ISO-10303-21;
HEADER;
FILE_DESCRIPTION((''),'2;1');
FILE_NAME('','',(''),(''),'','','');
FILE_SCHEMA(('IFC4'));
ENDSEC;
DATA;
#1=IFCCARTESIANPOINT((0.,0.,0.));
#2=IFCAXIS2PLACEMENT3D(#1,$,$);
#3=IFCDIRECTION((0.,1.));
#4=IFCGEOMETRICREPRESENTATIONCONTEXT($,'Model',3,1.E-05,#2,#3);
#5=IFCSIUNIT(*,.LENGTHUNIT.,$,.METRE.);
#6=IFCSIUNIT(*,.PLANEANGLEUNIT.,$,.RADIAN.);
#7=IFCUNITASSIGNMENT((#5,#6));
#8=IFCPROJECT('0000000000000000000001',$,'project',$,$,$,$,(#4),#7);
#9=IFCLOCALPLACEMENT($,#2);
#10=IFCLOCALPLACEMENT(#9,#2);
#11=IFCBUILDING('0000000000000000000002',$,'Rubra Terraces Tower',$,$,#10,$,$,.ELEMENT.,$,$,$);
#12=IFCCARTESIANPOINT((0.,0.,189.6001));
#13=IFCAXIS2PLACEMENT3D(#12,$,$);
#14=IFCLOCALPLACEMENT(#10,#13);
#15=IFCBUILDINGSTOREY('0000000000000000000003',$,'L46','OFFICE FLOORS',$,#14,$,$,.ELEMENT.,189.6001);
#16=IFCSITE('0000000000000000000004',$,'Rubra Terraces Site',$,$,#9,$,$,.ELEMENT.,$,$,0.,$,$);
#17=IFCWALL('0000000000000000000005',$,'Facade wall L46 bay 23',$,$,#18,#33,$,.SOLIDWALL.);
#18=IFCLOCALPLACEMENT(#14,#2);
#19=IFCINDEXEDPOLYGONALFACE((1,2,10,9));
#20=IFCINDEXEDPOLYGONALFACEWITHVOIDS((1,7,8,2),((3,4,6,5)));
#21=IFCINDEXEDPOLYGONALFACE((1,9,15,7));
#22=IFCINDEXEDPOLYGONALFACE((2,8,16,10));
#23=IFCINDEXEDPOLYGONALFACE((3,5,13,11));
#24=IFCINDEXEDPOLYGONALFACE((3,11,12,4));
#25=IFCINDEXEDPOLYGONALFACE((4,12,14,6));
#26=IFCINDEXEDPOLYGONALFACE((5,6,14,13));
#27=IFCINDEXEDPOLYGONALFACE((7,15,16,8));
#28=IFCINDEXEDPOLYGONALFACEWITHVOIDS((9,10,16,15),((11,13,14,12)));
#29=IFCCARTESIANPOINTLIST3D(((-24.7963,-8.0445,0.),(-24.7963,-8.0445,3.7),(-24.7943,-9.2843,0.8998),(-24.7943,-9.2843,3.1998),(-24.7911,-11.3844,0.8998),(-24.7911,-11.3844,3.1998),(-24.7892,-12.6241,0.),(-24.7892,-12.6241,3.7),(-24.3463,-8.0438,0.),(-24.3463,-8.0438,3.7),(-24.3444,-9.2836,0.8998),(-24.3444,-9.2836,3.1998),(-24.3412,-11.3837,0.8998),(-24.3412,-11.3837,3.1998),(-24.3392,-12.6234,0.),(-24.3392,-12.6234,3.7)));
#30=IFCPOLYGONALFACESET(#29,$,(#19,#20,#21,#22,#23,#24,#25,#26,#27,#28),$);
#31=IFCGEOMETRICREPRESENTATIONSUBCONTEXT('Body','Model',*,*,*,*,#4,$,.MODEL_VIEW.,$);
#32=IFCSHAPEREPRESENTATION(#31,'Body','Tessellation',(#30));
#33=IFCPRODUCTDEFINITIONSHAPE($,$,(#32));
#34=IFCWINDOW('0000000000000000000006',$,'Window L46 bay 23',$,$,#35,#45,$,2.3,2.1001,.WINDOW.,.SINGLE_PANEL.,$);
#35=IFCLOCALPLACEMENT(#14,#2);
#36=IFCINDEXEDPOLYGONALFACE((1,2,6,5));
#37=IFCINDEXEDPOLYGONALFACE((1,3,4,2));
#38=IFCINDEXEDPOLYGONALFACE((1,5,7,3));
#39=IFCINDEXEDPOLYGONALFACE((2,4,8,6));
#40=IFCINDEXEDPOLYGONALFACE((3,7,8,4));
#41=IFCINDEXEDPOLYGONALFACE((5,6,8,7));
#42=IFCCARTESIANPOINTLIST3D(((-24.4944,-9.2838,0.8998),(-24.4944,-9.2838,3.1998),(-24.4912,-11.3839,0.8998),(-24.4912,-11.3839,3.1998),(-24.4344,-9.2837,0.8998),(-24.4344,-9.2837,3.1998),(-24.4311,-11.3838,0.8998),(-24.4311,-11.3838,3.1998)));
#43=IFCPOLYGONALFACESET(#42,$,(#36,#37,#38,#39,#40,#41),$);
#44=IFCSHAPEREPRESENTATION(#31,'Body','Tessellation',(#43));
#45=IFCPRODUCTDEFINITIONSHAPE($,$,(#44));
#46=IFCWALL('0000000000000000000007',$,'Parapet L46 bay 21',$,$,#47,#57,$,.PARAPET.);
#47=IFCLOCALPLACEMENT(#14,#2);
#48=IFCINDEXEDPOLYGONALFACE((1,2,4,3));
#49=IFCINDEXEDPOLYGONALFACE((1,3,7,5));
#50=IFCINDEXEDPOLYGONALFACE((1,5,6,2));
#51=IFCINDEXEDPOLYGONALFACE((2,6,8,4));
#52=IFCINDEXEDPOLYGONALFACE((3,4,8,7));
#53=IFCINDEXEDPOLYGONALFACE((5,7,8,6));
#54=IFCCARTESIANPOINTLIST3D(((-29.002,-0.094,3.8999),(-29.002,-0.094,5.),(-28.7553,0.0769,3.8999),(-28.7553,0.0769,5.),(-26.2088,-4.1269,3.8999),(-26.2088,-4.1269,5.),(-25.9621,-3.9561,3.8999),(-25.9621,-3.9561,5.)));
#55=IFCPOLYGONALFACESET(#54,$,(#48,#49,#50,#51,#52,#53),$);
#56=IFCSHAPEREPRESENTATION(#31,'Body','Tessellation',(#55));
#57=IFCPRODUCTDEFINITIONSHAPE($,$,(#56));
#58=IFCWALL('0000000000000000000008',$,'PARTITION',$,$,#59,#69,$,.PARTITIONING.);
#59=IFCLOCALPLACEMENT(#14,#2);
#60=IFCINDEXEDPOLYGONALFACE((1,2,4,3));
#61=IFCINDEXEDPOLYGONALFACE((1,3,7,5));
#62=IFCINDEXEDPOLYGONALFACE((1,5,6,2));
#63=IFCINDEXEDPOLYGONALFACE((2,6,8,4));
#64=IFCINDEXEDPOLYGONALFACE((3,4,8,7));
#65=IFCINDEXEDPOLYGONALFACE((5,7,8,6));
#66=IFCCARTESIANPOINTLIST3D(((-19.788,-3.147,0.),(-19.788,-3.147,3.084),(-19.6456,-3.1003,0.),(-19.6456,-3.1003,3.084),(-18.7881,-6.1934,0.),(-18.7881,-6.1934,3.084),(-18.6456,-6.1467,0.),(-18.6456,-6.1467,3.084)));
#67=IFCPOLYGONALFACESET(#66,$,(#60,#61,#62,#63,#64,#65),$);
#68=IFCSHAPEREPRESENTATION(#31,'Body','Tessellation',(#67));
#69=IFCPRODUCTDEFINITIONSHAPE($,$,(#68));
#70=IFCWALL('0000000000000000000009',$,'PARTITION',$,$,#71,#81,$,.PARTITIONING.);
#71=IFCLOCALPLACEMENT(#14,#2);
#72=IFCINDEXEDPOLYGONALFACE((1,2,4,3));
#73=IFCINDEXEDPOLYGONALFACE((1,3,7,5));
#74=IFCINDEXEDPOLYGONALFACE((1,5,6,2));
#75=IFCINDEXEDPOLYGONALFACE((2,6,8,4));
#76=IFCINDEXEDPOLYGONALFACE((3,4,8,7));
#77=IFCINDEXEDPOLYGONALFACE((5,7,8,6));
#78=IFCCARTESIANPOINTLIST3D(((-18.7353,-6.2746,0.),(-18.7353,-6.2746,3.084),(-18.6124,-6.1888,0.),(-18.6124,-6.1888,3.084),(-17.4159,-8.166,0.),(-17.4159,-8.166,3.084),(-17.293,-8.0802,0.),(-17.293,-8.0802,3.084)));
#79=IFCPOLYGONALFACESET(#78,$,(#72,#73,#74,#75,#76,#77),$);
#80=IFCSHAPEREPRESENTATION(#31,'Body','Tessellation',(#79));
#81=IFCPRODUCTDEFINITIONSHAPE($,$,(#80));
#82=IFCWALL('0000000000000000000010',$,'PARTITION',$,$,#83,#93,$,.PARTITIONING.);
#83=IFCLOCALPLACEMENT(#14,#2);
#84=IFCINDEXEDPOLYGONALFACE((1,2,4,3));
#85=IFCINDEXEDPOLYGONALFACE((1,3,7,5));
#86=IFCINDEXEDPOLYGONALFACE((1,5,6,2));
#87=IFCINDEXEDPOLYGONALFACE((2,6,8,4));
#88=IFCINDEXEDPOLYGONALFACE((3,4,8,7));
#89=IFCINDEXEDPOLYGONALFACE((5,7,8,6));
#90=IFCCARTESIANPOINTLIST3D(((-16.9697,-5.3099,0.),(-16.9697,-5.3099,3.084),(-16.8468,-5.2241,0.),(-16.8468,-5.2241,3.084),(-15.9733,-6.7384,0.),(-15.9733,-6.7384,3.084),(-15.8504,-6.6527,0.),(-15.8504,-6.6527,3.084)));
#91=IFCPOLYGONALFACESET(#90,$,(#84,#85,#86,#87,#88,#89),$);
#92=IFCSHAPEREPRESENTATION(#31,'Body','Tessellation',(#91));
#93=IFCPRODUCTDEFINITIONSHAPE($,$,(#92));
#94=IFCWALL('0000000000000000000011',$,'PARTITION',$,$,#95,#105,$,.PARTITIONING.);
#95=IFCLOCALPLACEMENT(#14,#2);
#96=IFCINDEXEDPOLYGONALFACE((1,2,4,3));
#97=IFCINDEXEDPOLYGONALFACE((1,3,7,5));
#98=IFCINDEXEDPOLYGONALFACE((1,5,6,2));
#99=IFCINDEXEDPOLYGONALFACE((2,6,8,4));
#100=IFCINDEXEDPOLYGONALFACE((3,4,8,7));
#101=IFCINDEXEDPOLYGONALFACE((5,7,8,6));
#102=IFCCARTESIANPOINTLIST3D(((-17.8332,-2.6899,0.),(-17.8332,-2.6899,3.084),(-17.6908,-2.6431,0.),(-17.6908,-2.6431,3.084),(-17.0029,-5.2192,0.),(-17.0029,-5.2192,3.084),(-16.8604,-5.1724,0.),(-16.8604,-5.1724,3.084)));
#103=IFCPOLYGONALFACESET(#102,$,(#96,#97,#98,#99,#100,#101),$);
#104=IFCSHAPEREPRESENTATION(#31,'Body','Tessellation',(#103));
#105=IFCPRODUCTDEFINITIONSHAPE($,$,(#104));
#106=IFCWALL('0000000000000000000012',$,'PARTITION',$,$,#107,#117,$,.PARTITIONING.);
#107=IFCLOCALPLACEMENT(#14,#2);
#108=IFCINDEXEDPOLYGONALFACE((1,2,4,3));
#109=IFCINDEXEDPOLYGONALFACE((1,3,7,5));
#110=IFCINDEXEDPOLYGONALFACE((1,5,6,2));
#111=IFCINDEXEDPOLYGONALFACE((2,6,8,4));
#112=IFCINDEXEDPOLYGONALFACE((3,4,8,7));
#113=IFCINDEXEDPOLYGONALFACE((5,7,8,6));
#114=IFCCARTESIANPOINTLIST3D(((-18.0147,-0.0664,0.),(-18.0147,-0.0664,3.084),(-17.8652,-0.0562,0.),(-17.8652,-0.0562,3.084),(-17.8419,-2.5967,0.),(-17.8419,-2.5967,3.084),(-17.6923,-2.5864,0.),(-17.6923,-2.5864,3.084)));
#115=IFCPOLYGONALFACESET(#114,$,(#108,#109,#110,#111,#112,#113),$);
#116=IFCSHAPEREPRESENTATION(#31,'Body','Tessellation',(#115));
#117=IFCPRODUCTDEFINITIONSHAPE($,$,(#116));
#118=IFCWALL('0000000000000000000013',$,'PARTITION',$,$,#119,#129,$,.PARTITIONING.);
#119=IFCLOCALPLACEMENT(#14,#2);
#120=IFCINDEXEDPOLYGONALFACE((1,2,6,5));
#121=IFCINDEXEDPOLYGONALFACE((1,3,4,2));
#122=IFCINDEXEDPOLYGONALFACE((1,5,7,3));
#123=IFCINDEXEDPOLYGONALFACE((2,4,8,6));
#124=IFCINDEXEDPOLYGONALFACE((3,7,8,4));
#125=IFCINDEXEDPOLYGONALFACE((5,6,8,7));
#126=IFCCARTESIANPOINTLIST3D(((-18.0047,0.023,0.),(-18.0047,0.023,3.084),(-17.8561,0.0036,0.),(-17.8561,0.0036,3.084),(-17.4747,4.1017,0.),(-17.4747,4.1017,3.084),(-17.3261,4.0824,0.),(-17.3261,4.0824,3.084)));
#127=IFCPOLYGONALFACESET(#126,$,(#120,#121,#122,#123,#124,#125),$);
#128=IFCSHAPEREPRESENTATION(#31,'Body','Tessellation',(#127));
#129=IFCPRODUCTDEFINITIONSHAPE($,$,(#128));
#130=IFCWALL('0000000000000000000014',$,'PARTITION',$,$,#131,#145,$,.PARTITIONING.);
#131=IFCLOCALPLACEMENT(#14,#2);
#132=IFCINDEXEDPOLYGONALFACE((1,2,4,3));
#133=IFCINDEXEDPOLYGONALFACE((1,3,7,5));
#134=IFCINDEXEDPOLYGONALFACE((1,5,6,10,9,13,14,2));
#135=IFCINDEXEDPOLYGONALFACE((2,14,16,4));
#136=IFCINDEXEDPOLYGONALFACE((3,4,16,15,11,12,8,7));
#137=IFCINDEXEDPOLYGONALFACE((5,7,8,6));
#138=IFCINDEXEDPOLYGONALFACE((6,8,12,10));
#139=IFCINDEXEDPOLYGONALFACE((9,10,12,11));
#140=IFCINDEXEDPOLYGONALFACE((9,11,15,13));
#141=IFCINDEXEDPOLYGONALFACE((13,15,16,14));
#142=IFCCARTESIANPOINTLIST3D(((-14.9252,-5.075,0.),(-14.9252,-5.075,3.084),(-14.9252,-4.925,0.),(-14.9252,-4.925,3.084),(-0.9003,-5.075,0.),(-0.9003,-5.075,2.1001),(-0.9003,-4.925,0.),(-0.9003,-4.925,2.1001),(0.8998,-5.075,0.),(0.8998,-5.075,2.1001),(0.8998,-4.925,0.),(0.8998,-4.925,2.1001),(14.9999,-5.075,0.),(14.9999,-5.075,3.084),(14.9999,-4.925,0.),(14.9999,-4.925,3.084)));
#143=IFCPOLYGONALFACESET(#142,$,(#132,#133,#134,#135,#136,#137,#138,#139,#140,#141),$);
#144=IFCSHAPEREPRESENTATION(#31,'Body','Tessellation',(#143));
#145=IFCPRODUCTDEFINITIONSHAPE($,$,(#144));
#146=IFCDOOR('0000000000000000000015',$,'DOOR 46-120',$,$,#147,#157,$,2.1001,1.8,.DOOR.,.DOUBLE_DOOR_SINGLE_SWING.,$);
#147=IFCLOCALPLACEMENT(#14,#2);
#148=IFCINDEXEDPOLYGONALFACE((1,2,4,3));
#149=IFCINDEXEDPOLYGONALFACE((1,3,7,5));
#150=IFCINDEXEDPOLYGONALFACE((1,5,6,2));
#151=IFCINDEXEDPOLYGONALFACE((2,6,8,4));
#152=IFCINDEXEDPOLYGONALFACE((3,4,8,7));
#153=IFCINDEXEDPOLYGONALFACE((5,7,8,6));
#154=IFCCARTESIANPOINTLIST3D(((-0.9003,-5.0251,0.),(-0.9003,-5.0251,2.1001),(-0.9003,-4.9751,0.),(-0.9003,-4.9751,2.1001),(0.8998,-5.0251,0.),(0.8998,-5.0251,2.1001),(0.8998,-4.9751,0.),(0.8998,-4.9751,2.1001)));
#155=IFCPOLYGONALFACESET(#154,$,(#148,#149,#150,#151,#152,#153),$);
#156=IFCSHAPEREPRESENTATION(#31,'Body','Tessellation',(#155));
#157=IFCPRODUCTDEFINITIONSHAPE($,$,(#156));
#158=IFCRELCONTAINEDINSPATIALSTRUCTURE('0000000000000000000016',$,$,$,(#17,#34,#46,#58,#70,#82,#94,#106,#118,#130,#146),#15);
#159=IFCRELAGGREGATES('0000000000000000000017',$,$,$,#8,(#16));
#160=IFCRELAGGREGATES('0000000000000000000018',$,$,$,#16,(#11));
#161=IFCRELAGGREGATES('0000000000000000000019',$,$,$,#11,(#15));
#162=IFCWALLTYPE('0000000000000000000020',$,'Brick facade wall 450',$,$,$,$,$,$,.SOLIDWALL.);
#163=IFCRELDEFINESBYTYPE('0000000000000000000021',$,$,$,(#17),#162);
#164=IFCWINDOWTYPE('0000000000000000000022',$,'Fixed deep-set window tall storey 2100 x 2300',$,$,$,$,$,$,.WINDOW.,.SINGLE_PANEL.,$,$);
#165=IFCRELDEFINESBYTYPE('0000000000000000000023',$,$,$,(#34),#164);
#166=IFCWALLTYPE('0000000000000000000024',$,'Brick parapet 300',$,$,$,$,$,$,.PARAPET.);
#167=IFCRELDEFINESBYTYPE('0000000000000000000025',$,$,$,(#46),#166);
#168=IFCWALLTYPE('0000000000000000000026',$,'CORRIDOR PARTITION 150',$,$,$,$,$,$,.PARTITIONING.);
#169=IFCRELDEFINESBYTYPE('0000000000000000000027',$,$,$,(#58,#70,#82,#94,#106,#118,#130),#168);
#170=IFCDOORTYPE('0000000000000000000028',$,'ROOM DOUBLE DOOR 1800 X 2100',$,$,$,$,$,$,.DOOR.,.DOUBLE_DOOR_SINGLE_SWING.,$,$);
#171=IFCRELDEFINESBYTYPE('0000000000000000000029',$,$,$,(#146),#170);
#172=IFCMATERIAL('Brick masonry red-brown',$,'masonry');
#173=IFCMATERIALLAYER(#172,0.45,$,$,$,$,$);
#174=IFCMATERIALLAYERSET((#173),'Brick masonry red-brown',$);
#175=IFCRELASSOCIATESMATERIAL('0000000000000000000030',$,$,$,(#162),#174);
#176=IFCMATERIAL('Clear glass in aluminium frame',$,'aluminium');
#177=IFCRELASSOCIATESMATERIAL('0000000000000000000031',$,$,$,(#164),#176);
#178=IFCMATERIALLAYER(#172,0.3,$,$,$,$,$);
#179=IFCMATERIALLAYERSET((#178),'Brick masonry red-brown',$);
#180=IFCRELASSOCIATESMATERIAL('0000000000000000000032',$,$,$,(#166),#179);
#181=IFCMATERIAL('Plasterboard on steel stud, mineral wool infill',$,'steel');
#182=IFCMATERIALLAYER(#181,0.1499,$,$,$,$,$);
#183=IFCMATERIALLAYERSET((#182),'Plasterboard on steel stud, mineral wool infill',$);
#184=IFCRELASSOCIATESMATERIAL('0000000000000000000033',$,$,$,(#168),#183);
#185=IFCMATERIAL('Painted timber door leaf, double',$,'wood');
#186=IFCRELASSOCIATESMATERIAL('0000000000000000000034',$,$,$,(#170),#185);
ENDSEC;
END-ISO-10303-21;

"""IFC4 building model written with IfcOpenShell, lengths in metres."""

from ifc_helpers import new_model, si_unit, direction, frame, frame_2d, origin, place, context, subcontext, project, spatial, rectangle, extrude, material, layer, layer_set, type_object, element, fill, save


model = new_model("IFC4")

# Units and contexts
model_context = context("Model", 3, precision=1e-05, world=origin(), true_north=direction((0.0, 1.0)))
body_context = subcontext(model_context, "Body", "Model", "MODEL_VIEW")
ifc_project = project(units=[si_unit("LENGTHUNIT", "METRE"), si_unit("PLANEANGLEUNIT", "RADIAN")], contexts=[model_context])

# Site, building, storey
site_placement = place(None, origin())
site = spatial("IfcSite", under=ifc_project, at=site_placement, Name="Rubra Terraces Site", CompositionType="ELEMENT", RefElevation=0.0)
building_placement = place(site_placement, origin())
building = spatial("IfcBuilding", under=site, at=building_placement, Name="Rubra Terraces Tower", CompositionType="ELEMENT")
storey_placement = place(building_placement, frame((0.0, 0.0, 189.6001)))
storey = spatial("IfcBuildingStorey", under=building, at=storey_placement, Name="L46", Description="OFFICE FLOORS", CompositionType="ELEMENT", Elevation=189.6001)

# Wall, opening, window
ifc_material_1 = material(Name="Brick masonry red-brown", Category="masonry")
ifc_layer_1 = layer(ifc_material_1, 0.45)
ifc_layer_set_1 = layer_set([ifc_layer_1], Name="Brick masonry red-brown")
wall_type_1 = type_object("IfcWallType", Name="Brick facade wall 450", PredefinedType="SOLIDWALL", material=ifc_layer_set_1)
ifc_material_2 = material(Name="Clear glass in aluminium frame", Category="aluminium")
window_type = type_object("IfcWindowType", Name="Fixed deep-set window tall storey 2100 x 2300", PartitioningType="SINGLE_PANEL", PredefinedType="WINDOW", material=ifc_material_2)
wall_1_placement = place(storey_placement, frame((-24.5713, -8.0442, 0.0), z_axis=(0.0, 0.0, 1.0), x_axis=(0.001546, -0.999999, 0.0)))
wall_1 = element("IfcWall", 1, at=wall_1_placement, inside=storey, type_object=wall_type_1, Name="Facade wall L46 bay 23", PredefinedType="SOLIDWALL", context=body_context, shape_type="SweptSolid", body=[
    extrude(rectangle(XDim=4.5796, YDim=0.45, at=frame_2d((2.2898, 0.0))), origin(), (0.0, 0.0, 1.0), 3.7),
])
opening_1_placement = place(wall_1_placement, frame((1.2397, 0.0, 0.8999)))
opening_1 = element("IfcOpeningElement", 2, at=opening_1_placement, cuts=wall_1, PredefinedType="OPENING", context=body_context, shape_type="SweptSolid", body=[
    extrude(rectangle(XDim=2.1001, YDim=2.3, at=frame_2d((1.05, 1.1499))), frame((0.0, 0.2349, 0.0), z_axis=(0.0, -1.0, 0.0), x_axis=(1.0, 0.0, 0.0)), (0.0, 0.0, 1.0), 0.47),
])
window_1_placement = place(opening_1_placement, origin())
window_1 = element("IfcWindow", 3, at=window_1_placement, inside=storey, type_object=window_type, Name="Window L46 bay 23", OverallHeight=2.3, OverallWidth=2.1001, PartitioningType="SINGLE_PANEL", PredefinedType="WINDOW", context=body_context, shape_type="SweptSolid", body=[
    extrude(rectangle(XDim=2.1001, YDim=2.3, at=frame_2d((1.05, 1.1499))), frame((0.0, 0.135, 0.0), z_axis=(0.0, -1.0, 0.0), x_axis=(1.0, 0.0, 0.0)), (0.0, 0.0, 1.0), 0.0601),
])
fill(opening_1, window_1)

# Wall
ifc_layer_2 = layer(ifc_material_1, 0.3)
ifc_layer_set_2 = layer_set([ifc_layer_2], Name="Brick masonry red-brown")
wall_type_2 = type_object("IfcWallType", Name="Brick parapet 300", PredefinedType="PARAPET", material=ifc_layer_set_2)
wall_2_placement = place(storey_placement, frame((-28.8787, -0.0085, 3.8999), z_axis=(0.0, 0.0, 1.0), x_axis=(0.56937, -0.822081, 0.0)))
element("IfcWall", 4, at=wall_2_placement, inside=storey, type_object=wall_type_2, Name="Parapet L46 bay 21", PredefinedType="PARAPET", context=body_context, shape_type="SweptSolid", body=[
    extrude(rectangle(XDim=4.9058, YDim=0.3, at=frame_2d((2.4529, 0.0))), origin(), (0.0, 0.0, 1.0), 1.1001),
])

# Shared definitions
ifc_material_3 = material(Name="Plasterboard on steel stud, mineral wool infill", Category="steel")
ifc_layer_3 = layer(ifc_material_3, 0.1499)
ifc_layer_set_3 = layer_set([ifc_layer_3], Name="Plasterboard on steel stud, mineral wool infill")
wall_type_3 = type_object("IfcWallType", Name="CORRIDOR PARTITION 150", PredefinedType="PARTITIONING", material=ifc_layer_set_3)

# Walls
wall_3_placement = place(storey_placement, frame((-19.7168, -3.1238, 0.0), z_axis=(0.0, 0.0, 1.0), x_axis=(0.311884, -0.95012, 0.0)))
element("IfcWall", 5, at=wall_3_placement, inside=storey, type_object=wall_type_3, Name="PARTITION", PredefinedType="PARTITIONING", context=body_context, shape_type="SweptSolid", body=[
    extrude(rectangle(XDim=3.2063, YDim=0.1499, at=frame_2d((1.603, 0.0))), origin(), (0.0, 0.0, 1.0), 3.084),
])
wall_4_placement = place(storey_placement, frame((-18.6738, -6.2317, 0.0), z_axis=(0.0, 0.0, 1.0), x_axis=(0.572119, -0.820171, 0.0)))
element("IfcWall", 6, at=wall_4_placement, inside=storey, type_object=wall_type_3, Name="PARTITION", PredefinedType="PARTITIONING", context=body_context, shape_type="SweptSolid", body=[
    extrude(rectangle(XDim=2.3062, YDim=0.1499, at=frame_2d((1.1531, 0.0))), origin(), (0.0, 0.0, 1.0), 3.084),
])
wall_5_placement = place(storey_placement, frame((-15.9119, -6.6956, 0.0), z_axis=(0.0, 0.0, 1.0), x_axis=(-0.572079, 0.820199, 0.0)))
element("IfcWall", 7, at=wall_5_placement, inside=storey, type_object=wall_type_3, Name="PARTITION", PredefinedType="PARTITIONING", context=body_context, shape_type="SweptSolid", body=[
    extrude(rectangle(XDim=1.7417, YDim=0.1499, at=frame_2d((0.8708, 0.0))), origin(), (0.0, 0.0, 1.0), 3.084),
])
wall_6_placement = place(storey_placement, frame((-16.9316, -5.1958, 0.0), z_axis=(0.0, 0.0, 1.0), x_axis=(-0.311905, 0.950113, 0.0)))
element("IfcWall", 8, at=wall_6_placement, inside=storey, type_object=wall_type_3, Name="PARTITION", PredefinedType="PARTITIONING", context=body_context, shape_type="SweptSolid", body=[
    extrude(rectangle(XDim=2.6621, YDim=0.1499, at=frame_2d((1.3311, 0.0))), origin(), (0.0, 0.0, 1.0), 3.084),
])
wall_7_placement = place(storey_placement, frame((-17.7671, -2.5916, 0.0), z_axis=(0.0, 0.0, 1.0), x_axis=(-0.068155, 0.997675, 0.0)))
element("IfcWall", 9, at=wall_7_placement, inside=storey, type_object=wall_type_3, Name="PARTITION", PredefinedType="PARTITIONING", context=body_context, shape_type="SweptSolid", body=[
    extrude(rectangle(XDim=2.5361, YDim=0.1499, at=frame_2d((1.2681, 0.0))), origin(), (0.0, 0.0, 1.0), 3.084),
])
wall_8_placement = place(storey_placement, frame((-17.9304, 0.0132, 0.0), z_axis=(0.0, 0.0, 1.0), x_axis=(0.128862, 0.991663, 0.0)))
element("IfcWall", 10, at=wall_8_placement, inside=storey, type_object=wall_type_3, Name="PARTITION", PredefinedType="PARTITIONING", context=body_context, shape_type="SweptSolid", body=[
    extrude(rectangle(XDim=4.113, YDim=0.1499, at=frame_2d((2.0566, 0.0))), origin(), (0.0, 0.0, 1.0), 3.084),
])

# Wall, opening, door
wall_9_placement = place(storey_placement, frame((-14.925, -5.0, 0.0), z_axis=(0.0, 0.0, 1.0), x_axis=(1.0, 0.0, 0.0)))
wall_9 = element("IfcWall", 11, at=wall_9_placement, inside=storey, type_object=wall_type_3, Name="PARTITION", PredefinedType="PARTITIONING", context=body_context, shape_type="SweptSolid", body=[
    extrude(rectangle(XDim=29.925, YDim=0.1499, at=frame_2d((14.9624, 0.0))), origin(), (0.0, 0.0, 1.0), 3.084),
])
opening_2_placement = place(wall_9_placement, frame((14.0249, 0.0, 0.0)))
opening_2 = element("IfcOpeningElement", 12, at=opening_2_placement, cuts=wall_9, PredefinedType="OPENING", context=body_context, shape_type="SweptSolid", body=[
    extrude(rectangle(XDim=1.8, YDim=2.1001, at=frame_2d((0.8999, 1.05))), frame((0.0, 0.085, 0.0), z_axis=(0.0, -1.0, 0.0), x_axis=(1.0, 0.0, 0.0)), (0.0, 0.0, 1.0), 0.1699),
])
ifc_material_4 = material(Name="Painted timber door leaf, double", Category="wood")
door_type_1 = type_object("IfcDoorType", Name="ROOM DOUBLE DOOR 1800 X 2100", OperationType="DOUBLE_DOOR_SINGLE_SWING", PredefinedType="DOOR", material=ifc_material_4)
door_1_placement = place(opening_2_placement, origin())
door_1 = element("IfcDoor", 13, at=door_1_placement, inside=storey, type_object=door_type_1, Name="DOOR 46-120", OperationType="DOUBLE_DOOR_SINGLE_SWING", OverallHeight=2.1001, OverallWidth=1.8, PredefinedType="DOOR", context=body_context, shape_type="SweptSolid", body=[
    extrude(rectangle(XDim=1.8, YDim=2.1001, at=frame_2d((0.8999, 1.05))), frame((0.0, 0.0249, 0.0), z_axis=(0.0, -1.0, 0.0), x_axis=(1.0, 0.0, 0.0)), (0.0, 0.0, 1.0), 0.05),
])
fill(opening_2, door_1)

save(model, "model.ifc")
